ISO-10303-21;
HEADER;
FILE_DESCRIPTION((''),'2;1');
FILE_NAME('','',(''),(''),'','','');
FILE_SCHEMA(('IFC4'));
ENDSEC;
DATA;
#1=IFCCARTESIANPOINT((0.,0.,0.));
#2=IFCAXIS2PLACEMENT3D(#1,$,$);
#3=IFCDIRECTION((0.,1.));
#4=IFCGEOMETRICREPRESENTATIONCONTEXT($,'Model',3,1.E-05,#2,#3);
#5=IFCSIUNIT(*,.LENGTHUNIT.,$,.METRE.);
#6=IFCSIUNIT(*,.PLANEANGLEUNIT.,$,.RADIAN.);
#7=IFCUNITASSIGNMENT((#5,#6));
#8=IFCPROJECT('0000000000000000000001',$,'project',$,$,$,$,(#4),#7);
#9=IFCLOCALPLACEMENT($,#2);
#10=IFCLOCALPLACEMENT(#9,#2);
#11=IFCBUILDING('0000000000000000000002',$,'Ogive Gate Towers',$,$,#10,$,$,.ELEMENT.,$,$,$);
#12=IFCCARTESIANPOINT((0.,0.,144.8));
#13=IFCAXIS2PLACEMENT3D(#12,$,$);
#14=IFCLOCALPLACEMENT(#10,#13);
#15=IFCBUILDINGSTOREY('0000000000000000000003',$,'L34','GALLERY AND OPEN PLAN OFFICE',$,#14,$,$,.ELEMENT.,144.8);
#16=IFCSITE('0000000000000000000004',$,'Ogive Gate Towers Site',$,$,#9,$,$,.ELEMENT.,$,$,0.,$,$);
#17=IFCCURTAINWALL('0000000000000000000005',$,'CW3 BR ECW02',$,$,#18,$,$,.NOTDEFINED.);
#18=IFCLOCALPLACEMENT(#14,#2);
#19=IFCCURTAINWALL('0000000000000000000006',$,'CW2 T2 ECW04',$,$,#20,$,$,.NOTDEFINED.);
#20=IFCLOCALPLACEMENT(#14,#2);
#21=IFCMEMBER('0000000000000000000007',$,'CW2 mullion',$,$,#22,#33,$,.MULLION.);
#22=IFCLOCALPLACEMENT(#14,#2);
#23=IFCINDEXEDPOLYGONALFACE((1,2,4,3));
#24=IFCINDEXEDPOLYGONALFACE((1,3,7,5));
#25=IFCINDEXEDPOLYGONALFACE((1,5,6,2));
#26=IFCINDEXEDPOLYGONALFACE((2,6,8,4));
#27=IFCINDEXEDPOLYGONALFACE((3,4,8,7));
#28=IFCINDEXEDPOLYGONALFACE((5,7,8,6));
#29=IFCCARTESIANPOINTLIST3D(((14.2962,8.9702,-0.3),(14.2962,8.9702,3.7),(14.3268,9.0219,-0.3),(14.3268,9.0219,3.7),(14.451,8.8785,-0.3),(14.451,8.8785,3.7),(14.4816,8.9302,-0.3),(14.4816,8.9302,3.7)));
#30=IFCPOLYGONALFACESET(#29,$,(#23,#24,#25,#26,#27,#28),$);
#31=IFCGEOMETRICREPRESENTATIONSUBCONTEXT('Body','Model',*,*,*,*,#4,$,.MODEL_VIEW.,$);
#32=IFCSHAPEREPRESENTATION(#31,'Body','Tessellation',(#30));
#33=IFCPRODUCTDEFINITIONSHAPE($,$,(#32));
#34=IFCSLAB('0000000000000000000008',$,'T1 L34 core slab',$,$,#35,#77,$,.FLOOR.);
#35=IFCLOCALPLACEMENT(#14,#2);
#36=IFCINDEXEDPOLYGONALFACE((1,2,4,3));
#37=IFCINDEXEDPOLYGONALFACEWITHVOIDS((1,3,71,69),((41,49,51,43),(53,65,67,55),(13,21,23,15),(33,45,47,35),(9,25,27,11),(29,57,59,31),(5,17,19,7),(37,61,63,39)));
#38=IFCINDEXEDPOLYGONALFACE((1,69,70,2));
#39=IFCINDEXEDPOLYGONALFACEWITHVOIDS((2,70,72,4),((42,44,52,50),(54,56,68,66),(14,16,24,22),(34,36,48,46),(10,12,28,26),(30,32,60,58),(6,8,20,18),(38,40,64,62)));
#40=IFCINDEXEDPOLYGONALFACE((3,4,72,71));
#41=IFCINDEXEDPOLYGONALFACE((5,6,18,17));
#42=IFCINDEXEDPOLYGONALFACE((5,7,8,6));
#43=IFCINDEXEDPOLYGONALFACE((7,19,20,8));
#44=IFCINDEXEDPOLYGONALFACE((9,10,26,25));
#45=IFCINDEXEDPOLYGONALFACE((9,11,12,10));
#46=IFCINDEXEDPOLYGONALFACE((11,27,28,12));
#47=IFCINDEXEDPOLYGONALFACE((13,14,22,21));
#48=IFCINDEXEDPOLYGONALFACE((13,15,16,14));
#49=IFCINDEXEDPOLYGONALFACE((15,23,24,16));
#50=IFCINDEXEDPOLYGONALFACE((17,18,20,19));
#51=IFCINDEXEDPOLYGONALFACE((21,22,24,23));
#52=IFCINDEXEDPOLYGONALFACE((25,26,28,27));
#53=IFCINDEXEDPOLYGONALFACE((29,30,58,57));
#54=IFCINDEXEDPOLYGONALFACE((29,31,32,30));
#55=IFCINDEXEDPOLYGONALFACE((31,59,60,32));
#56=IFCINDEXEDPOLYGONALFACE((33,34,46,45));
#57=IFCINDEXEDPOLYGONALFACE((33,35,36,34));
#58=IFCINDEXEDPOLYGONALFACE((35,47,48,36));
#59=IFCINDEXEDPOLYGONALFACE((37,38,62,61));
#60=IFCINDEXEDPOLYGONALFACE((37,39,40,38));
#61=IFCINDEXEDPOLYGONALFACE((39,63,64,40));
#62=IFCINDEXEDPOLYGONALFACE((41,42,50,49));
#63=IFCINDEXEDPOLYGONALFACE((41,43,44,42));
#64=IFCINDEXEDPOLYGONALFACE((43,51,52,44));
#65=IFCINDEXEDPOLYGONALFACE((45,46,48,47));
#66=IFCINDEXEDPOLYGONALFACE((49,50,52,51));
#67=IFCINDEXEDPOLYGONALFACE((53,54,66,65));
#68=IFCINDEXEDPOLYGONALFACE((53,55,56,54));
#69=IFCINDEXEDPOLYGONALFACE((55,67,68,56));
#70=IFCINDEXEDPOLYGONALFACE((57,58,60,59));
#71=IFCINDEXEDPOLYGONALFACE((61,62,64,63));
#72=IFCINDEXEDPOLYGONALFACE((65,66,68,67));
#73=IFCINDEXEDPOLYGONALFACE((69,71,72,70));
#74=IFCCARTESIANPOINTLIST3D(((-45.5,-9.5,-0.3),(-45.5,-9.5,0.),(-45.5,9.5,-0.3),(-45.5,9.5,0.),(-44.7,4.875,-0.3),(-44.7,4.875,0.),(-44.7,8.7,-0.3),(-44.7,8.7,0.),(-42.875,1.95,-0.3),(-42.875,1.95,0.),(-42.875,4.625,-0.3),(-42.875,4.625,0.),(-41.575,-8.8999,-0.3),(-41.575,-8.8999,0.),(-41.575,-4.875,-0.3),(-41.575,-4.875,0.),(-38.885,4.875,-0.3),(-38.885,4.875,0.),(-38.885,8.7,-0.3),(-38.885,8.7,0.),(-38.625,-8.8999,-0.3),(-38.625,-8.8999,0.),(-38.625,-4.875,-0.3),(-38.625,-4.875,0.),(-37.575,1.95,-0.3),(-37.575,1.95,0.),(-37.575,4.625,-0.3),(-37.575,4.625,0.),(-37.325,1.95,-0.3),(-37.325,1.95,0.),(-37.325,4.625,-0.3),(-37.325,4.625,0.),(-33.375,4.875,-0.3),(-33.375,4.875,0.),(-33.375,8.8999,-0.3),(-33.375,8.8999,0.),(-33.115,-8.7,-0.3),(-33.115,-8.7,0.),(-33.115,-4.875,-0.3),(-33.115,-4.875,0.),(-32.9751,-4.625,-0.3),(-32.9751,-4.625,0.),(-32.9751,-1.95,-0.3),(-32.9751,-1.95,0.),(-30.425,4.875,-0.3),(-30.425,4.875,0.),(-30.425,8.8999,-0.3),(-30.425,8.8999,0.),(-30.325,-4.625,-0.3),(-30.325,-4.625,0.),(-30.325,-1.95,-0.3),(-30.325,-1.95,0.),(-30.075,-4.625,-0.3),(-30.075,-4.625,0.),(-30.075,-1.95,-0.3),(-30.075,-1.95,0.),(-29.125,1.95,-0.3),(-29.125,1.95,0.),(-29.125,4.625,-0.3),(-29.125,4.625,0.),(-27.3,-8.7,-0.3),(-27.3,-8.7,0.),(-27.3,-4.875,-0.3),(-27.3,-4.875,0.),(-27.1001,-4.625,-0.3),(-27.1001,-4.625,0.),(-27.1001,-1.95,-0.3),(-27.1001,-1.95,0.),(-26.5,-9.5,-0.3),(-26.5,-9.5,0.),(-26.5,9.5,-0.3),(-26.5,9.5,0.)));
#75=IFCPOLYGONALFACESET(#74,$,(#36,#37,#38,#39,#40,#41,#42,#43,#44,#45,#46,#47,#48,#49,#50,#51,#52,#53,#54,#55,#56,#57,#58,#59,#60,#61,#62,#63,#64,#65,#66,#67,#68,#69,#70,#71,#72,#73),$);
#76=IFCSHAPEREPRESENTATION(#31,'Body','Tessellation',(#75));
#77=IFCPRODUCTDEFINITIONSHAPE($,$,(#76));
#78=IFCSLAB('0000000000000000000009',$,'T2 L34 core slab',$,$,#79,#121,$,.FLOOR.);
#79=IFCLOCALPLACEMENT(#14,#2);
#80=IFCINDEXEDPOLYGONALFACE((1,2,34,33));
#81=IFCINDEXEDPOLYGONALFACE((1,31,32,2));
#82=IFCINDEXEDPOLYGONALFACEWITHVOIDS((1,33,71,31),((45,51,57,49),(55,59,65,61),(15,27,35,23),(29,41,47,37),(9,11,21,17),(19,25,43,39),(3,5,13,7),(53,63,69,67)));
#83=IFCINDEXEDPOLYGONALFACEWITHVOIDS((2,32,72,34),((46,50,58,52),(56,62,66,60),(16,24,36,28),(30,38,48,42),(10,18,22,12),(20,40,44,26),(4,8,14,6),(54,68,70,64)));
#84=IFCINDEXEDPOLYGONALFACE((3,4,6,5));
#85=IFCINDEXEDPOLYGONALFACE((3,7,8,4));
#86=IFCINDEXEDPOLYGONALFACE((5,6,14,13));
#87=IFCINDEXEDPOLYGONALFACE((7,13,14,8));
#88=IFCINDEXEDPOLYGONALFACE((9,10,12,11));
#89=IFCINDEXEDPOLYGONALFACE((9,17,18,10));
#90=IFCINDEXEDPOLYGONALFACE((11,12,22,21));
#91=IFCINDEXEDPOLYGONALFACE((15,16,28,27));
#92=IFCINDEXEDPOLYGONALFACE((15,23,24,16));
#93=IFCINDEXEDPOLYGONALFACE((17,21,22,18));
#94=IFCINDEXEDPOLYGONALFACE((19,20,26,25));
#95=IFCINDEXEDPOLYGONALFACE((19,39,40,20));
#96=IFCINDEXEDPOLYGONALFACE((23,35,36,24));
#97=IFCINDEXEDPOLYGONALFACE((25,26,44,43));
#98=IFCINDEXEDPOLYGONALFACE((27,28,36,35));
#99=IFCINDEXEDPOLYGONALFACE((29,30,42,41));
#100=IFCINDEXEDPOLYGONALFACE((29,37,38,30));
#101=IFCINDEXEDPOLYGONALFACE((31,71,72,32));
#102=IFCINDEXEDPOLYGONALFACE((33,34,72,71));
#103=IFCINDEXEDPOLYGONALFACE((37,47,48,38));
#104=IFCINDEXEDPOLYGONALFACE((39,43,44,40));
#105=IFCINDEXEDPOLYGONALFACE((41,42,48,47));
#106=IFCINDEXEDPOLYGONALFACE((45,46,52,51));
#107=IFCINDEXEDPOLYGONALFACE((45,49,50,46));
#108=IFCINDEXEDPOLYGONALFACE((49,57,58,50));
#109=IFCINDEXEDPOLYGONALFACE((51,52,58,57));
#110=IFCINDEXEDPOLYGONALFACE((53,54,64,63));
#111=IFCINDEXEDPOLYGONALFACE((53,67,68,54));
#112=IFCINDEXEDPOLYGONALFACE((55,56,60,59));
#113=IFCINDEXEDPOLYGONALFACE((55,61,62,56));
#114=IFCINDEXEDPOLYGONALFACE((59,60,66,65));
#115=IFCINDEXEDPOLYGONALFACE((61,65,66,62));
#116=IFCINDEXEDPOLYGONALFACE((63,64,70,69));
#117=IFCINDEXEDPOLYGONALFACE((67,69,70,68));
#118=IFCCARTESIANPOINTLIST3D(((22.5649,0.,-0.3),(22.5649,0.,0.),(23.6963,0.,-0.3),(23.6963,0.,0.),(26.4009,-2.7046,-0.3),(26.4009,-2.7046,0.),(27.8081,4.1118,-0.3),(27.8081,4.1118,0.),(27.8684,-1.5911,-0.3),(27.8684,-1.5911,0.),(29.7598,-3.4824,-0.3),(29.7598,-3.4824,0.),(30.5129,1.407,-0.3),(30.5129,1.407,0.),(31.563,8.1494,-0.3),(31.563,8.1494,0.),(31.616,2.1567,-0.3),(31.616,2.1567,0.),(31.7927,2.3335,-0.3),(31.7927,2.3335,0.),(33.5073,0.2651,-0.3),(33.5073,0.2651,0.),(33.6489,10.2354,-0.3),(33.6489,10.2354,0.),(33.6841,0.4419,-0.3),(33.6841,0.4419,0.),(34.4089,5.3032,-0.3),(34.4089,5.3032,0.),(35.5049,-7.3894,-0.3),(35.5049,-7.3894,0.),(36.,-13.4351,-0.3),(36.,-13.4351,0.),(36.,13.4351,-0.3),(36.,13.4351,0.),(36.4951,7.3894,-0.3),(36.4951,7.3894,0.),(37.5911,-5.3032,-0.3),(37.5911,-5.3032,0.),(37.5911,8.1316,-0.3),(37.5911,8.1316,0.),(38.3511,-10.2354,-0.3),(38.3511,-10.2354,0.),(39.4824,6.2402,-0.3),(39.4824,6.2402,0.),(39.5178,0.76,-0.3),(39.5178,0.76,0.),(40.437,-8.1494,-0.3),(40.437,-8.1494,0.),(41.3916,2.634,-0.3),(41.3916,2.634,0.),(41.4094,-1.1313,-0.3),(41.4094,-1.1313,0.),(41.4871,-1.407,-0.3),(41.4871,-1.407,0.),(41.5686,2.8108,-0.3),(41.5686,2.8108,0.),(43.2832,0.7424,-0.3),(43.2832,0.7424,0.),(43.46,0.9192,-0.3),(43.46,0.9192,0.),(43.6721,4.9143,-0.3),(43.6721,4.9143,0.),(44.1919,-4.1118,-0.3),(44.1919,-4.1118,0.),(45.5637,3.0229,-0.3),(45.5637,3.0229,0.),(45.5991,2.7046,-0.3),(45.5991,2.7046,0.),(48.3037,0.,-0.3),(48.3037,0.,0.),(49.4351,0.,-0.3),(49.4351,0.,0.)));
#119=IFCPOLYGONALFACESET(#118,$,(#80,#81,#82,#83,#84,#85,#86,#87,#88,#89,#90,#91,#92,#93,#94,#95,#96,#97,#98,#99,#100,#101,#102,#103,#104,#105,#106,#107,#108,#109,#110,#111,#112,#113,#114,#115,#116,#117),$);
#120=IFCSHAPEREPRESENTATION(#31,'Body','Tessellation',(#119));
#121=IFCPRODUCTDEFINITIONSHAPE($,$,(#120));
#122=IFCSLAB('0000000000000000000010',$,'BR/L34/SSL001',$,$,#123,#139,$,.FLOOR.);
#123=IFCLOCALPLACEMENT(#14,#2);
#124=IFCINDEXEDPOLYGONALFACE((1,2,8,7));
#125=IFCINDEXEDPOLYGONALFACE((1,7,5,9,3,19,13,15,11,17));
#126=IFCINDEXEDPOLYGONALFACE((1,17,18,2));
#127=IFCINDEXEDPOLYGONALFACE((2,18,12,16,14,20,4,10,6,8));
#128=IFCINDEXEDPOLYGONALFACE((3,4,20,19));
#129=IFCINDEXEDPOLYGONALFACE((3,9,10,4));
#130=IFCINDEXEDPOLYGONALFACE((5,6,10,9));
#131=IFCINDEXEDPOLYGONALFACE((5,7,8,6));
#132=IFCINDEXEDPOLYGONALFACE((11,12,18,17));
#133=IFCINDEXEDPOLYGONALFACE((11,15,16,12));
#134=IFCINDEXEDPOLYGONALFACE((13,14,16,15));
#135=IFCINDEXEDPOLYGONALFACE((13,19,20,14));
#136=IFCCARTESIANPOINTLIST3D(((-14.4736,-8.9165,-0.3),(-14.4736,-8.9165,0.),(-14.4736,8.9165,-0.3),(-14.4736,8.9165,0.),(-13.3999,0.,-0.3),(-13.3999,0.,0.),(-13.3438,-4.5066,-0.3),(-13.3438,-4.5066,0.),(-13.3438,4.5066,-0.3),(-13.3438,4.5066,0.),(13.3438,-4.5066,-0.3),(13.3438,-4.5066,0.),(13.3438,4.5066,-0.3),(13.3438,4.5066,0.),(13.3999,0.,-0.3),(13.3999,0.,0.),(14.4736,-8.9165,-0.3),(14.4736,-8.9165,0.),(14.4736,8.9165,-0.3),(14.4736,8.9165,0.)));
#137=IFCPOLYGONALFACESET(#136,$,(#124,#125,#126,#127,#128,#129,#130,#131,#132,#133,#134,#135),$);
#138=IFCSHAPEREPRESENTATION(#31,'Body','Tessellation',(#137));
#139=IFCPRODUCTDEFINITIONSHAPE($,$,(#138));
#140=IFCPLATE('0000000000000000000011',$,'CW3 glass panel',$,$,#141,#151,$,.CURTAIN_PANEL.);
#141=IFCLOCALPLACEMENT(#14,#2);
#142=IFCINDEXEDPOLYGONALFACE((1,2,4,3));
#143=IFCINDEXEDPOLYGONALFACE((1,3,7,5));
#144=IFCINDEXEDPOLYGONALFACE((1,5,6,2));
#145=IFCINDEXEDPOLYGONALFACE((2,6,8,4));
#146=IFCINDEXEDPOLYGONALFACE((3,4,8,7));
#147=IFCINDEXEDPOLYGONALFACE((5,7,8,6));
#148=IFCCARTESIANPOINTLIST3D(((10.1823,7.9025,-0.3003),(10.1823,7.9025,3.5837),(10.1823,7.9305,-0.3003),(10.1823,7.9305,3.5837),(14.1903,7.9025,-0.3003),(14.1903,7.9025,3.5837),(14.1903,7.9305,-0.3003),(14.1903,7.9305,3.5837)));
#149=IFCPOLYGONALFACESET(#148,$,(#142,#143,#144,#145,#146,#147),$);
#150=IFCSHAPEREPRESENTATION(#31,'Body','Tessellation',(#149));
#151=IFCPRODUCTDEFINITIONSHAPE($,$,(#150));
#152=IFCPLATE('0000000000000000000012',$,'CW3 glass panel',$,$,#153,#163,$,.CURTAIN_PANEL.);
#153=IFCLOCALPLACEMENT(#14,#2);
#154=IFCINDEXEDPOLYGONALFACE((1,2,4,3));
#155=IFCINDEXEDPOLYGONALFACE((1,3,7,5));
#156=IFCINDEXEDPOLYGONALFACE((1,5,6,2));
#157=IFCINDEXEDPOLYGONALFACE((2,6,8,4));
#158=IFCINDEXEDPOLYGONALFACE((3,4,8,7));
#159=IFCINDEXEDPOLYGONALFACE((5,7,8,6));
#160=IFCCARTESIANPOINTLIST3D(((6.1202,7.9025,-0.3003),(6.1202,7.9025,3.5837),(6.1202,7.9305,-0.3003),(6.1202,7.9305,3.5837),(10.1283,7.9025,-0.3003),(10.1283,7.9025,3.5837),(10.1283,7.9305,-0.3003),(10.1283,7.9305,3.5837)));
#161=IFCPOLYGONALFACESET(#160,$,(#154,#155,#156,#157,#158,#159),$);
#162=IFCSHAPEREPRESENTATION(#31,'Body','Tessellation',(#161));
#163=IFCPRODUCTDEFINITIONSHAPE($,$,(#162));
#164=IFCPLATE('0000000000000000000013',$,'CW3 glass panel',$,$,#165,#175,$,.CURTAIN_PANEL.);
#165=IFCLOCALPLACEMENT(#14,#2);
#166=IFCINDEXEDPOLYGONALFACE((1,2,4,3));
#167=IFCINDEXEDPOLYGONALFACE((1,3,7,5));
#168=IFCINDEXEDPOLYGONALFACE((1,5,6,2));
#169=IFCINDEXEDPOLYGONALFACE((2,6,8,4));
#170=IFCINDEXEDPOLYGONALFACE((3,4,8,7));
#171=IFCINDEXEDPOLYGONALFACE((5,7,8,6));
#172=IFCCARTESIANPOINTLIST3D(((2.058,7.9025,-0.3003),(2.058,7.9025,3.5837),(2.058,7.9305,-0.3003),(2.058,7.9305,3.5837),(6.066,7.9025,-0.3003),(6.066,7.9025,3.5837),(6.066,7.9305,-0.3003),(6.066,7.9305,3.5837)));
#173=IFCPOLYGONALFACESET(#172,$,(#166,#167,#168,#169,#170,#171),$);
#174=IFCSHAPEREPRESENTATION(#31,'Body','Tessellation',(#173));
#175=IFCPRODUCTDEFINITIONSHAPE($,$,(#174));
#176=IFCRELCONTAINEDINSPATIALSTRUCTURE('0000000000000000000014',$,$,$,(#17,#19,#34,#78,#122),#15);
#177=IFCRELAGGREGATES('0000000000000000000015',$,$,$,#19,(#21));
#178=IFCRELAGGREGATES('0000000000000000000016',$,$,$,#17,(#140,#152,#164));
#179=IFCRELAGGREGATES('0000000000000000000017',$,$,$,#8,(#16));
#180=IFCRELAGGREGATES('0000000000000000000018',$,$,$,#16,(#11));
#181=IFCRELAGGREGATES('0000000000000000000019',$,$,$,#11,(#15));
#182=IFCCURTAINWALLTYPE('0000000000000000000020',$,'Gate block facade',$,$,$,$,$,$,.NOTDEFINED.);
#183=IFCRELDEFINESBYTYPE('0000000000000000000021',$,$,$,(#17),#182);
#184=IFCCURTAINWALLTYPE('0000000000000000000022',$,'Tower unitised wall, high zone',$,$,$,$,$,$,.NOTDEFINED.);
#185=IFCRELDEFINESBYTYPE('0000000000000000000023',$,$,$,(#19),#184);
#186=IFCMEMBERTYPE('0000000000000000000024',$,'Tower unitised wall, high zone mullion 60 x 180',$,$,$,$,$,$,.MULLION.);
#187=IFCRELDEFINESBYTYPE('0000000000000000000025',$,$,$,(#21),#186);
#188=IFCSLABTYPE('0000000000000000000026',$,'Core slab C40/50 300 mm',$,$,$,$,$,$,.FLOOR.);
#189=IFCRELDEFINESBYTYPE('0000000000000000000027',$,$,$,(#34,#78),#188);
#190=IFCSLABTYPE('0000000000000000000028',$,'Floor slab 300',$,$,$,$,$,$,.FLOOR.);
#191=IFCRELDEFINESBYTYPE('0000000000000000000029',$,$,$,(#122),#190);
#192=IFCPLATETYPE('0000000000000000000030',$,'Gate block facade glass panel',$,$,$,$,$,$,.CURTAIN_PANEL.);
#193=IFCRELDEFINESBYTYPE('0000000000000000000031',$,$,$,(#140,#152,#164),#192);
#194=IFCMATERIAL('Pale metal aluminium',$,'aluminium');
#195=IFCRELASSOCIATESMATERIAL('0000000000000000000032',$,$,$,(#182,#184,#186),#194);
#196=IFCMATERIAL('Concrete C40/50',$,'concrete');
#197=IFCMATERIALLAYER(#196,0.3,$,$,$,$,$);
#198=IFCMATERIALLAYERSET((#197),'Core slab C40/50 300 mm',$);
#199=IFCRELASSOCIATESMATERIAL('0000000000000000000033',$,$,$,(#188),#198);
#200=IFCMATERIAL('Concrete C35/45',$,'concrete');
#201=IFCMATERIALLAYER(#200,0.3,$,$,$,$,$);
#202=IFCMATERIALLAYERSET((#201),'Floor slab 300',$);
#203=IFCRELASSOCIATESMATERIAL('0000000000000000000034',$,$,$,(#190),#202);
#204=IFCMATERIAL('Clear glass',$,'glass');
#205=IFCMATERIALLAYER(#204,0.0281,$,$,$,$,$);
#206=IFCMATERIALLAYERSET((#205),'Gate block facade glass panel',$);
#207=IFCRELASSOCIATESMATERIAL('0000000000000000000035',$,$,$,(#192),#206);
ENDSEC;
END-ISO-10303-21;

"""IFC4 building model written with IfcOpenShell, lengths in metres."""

from ifc_helpers import new_model, si_unit, direction, frame, origin, origin_2d, place, context, subcontext, project, spatial, polyline, rectangle, outline, extrude, material, layer, layer_set, material_profile, profile_set, type_object, element, aggregate, save


model = new_model("IFC4")

# Units and contexts
model_context = context("Model", 3, precision=1e-05, world=origin(), true_north=direction((0.0, 1.0)))
body_context = subcontext(model_context, "Body", "Model", "MODEL_VIEW")
ifc_project = project(units=[si_unit("LENGTHUNIT", "METRE"), si_unit("PLANEANGLEUNIT", "RADIAN")], contexts=[model_context])

# Site, building, storey
site_placement = place(None, origin())
site = spatial("IfcSite", under=ifc_project, at=site_placement, Name="Ogive Gate Towers Site", CompositionType="ELEMENT", RefElevation=0.0)
building_placement = place(site_placement, origin())
building = spatial("IfcBuilding", under=site, at=building_placement, Name="Ogive Gate Towers", CompositionType="ELEMENT")
storey_placement = place(building_placement, frame((0.0, 0.0, 144.8)))
storey = spatial("IfcBuildingStorey", under=building, at=storey_placement, Name="L34", Description="GALLERY AND OPEN PLAN OFFICE", CompositionType="ELEMENT", Elevation=144.8)

# Curtain wall
ifc_material_1 = material(Name="Pale metal aluminium", Category="aluminium")
curtain_wall_type_1 = type_object("IfcCurtainWallType", Name="Gate block facade", PredefinedType="NOTDEFINED", material=ifc_material_1)
curtain_wall_1_placement = place(storey_placement, origin())
curtain_wall_1 = element("IfcCurtainWall", 1, at=curtain_wall_1_placement, inside=storey, type_object=curtain_wall_type_1, Name="CW3 BR ECW02", PredefinedType="NOTDEFINED")

# Curtain wall, member
curtain_wall_type_2 = type_object("IfcCurtainWallType", Name="Tower unitised wall, high zone", PredefinedType="NOTDEFINED", material=ifc_material_1)
curtain_wall_2_placement = place(storey_placement, origin())
curtain_wall_2 = element("IfcCurtainWall", 2, at=curtain_wall_2_placement, inside=storey, type_object=curtain_wall_type_2, Name="CW2 T2 ECW04", PredefinedType="NOTDEFINED")
ifc_material_profile_1 = material_profile(ifc_material_1, rectangle(XDim=0.1799, YDim=0.0601, at=origin_2d()), Name="60 x 180 aluminium box")
ifc_profile_set_1 = profile_set([ifc_material_profile_1], Name="Pale metal aluminium")
member_type_1 = type_object("IfcMemberType", Name="Tower unitised wall, high zone mullion 60 x 180", PredefinedType="MULLION", material=ifc_profile_set_1)
member_1_placement = place(storey_placement, frame((14.3889, 8.9502, -0.3), z_axis=(0.0, 0.0, 1.0), x_axis=(-0.860466, 0.509507, 0.0)))
member_1 = element("IfcMember", 3, at=member_1_placement, type_object=member_type_1, Name="CW2 mullion", PredefinedType="MULLION", context=body_context, shape_type="SweptSolid", body=[
    extrude(rectangle(XDim=0.1799, YDim=0.0601, at=origin_2d()), origin(), (0.0, 0.0, 1.0), 4.0),
])
aggregate(curtain_wall_2, [member_1])

# Slabs
ifc_material_2 = material(Name="Concrete C40/50", Category="concrete")
ifc_layer_1 = layer(ifc_material_2, 0.3)
ifc_layer_set_1 = layer_set([ifc_layer_1], Name="Core slab C40/50 300 mm")
slab_type_1 = type_object("IfcSlabType", Name="Core slab C40/50 300 mm", PredefinedType="FLOOR", material=ifc_layer_set_1)
slab_1_placement = place(storey_placement, frame((0.0, 0.0, -0.3)))
element("IfcSlab", 4, at=slab_1_placement, inside=storey, type_object=slab_type_1, Name="T1 L34 core slab", PredefinedType="FLOOR", context=body_context, shape_type="SweptSolid", body=[
    extrude(outline(polyline([(-45.5, -9.5), (-45.5, 9.5), (-26.5, 9.5), (-26.5, -9.5), (-45.5, -9.5)]), holes=[polyline([(-42.875, 1.95), (-37.575, 1.95), (-37.575, 4.625), (-42.875, 4.625), (-42.875, 1.95)]), polyline([(-37.325, 4.625), (-37.325, 1.95), (-29.125, 1.95), (-29.125, 4.625), (-37.325, 4.625)]), polyline([(-30.325, -1.95), (-32.9751, -1.95), (-32.9751, -4.625), (-30.325, -4.625), (-30.325, -1.95)]), polyline([(-27.1001, -4.625), (-27.1001, -1.95), (-30.075, -1.95), (-30.075, -4.625), (-27.1001, -4.625)]), polyline([(-33.375, 4.875), (-30.425, 4.875), (-30.425, 8.8999), (-33.375, 8.8999), (-33.375, 4.875)]), polyline([(-41.575, -4.875), (-41.575, -8.8999), (-38.625, -8.8999), (-38.625, -4.875), (-41.575, -4.875)]), polyline([(-44.7, 4.875), (-38.885, 4.875), (-38.885, 8.7), (-44.7, 8.7), (-44.7, 4.875)]), polyline([(-27.3, -8.7), (-27.3, -4.875), (-33.115, -4.875), (-33.115, -8.7), (-27.3, -8.7)])]), origin(), (0.0, 0.0, 1.0), 0.3),
])
slab_2_placement = place(storey_placement, frame((0.0, 0.0, -0.3)))
element("IfcSlab", 5, at=slab_2_placement, inside=storey, type_object=slab_type_1, Name="T2 L34 core slab", PredefinedType="FLOOR", context=body_context, shape_type="SweptSolid", body=[
    extrude(outline(polyline([(36.0, -13.4351), (22.5649, 0.0), (36.0, 13.4351), (49.4351, 0.0), (36.0, -13.4351)]), holes=[polyline([(29.7598, -3.4824), (33.5073, 0.2651), (31.616, 2.1567), (27.8684, -1.5911), (29.7598, -3.4824)]), polyline([(31.7927, 2.3335), (33.6841, 0.4419), (39.4824, 6.2402), (37.5911, 8.1316), (31.7927, 2.3335)]), polyline([(41.3916, 2.634), (39.5178, 0.76), (41.4094, -1.1313), (43.2832, 0.7424), (41.3916, 2.634)]), polyline([(45.5637, 3.0229), (43.6721, 4.9143), (41.5686, 2.8108), (43.46, 0.9192), (45.5637, 3.0229)]), polyline([(34.4089, 5.3032), (36.4951, 7.3894), (33.6489, 10.2354), (31.563, 8.1494), (34.4089, 5.3032)]), polyline([(35.5049, -7.3894), (38.3511, -10.2354), (40.437, -8.1494), (37.5911, -5.3032), (35.5049, -7.3894)]), polyline([(26.4009, -2.7046), (30.5129, 1.407), (27.8081, 4.1118), (23.6963, 0.0), (26.4009, -2.7046)]), polyline([(48.3037, 0.0), (45.5991, 2.7046), (41.4871, -1.407), (44.1919, -4.1118), (48.3037, 0.0)])]), origin(), (0.0, 0.0, 1.0), 0.3),
])
ifc_material_3 = material(Name="Concrete C35/45", Category="concrete")
ifc_layer_2 = layer(ifc_material_3, 0.3)
ifc_layer_set_2 = layer_set([ifc_layer_2], Name="Floor slab 300")
slab_type_2 = type_object("IfcSlabType", Name="Floor slab 300", PredefinedType="FLOOR", material=ifc_layer_set_2)
slab_3_placement = place(storey_placement, frame((0.0, 0.0, -0.3)))
element("IfcSlab", 6, at=slab_3_placement, inside=storey, type_object=slab_type_2, Name="BR/L34/SSL001", PredefinedType="FLOOR", context=body_context, shape_type="SweptSolid", body=[
    extrude(outline(polyline([(-14.4736, -8.9165), (14.4736, -8.9165), (14.4736, -8.9165), (13.3438, -4.5066), (13.3999, 0.0), (13.3438, 4.5066), (14.4736, 8.9165), (-14.4736, 8.9165), (-13.3438, 4.5066), (-13.3999, 0.0), (-13.3438, -4.5066), (-14.4736, -8.9165), (-14.4736, -8.9165)])), origin(), (0.0, 0.0, 1.0), 0.3),
])

# Plates
ifc_material_4 = material(Name="Clear glass", Category="glass")
ifc_layer_3 = layer(ifc_material_4, 0.0281)
ifc_layer_set_3 = layer_set([ifc_layer_3], Name="Gate block facade glass panel")
plate_type = type_object("IfcPlateType", Name="Gate block facade glass panel", PredefinedType="CURTAIN_PANEL", material=ifc_layer_set_3)
plate_1_placement = place(storey_placement, frame((12.1863, 7.9165, -0.3003), z_axis=(0.0, 0.0, 1.0), x_axis=(-1.0, 0.0, 0.0)))
plate_1 = element("IfcPlate", 7, at=plate_1_placement, type_object=plate_type, Name="CW3 glass panel", PredefinedType="CURTAIN_PANEL", context=body_context, shape_type="SweptSolid", body=[
    extrude(rectangle(XDim=4.0081, YDim=0.0281, at=origin_2d()), origin(), (0.0, 0.0, 1.0), 3.884),
])
plate_2_placement = place(storey_placement, frame((8.1243, 7.9165, -0.3003), z_axis=(0.0, 0.0, 1.0), x_axis=(-1.0, 0.0, 0.0)))
plate_2 = element("IfcPlate", 8, at=plate_2_placement, type_object=plate_type, Name="CW3 glass panel", PredefinedType="CURTAIN_PANEL", context=body_context, shape_type="SweptSolid", body=[
    extrude(rectangle(XDim=4.0081, YDim=0.0281, at=origin_2d()), origin(), (0.0, 0.0, 1.0), 3.884),
])
plate_3_placement = place(storey_placement, frame((4.062, 7.9165, -0.3003), z_axis=(0.0, 0.0, 1.0), x_axis=(-1.0, 0.0, 0.0)))
plate_3 = element("IfcPlate", 9, at=plate_3_placement, type_object=plate_type, Name="CW3 glass panel", PredefinedType="CURTAIN_PANEL", context=body_context, shape_type="SweptSolid", body=[
    extrude(rectangle(XDim=4.0081, YDim=0.0281, at=origin_2d()), origin(), (0.0, 0.0, 1.0), 3.884),
])
aggregate(curtain_wall_1, [plate_1, plate_2, plate_3])

save(model, "model.ifc")
